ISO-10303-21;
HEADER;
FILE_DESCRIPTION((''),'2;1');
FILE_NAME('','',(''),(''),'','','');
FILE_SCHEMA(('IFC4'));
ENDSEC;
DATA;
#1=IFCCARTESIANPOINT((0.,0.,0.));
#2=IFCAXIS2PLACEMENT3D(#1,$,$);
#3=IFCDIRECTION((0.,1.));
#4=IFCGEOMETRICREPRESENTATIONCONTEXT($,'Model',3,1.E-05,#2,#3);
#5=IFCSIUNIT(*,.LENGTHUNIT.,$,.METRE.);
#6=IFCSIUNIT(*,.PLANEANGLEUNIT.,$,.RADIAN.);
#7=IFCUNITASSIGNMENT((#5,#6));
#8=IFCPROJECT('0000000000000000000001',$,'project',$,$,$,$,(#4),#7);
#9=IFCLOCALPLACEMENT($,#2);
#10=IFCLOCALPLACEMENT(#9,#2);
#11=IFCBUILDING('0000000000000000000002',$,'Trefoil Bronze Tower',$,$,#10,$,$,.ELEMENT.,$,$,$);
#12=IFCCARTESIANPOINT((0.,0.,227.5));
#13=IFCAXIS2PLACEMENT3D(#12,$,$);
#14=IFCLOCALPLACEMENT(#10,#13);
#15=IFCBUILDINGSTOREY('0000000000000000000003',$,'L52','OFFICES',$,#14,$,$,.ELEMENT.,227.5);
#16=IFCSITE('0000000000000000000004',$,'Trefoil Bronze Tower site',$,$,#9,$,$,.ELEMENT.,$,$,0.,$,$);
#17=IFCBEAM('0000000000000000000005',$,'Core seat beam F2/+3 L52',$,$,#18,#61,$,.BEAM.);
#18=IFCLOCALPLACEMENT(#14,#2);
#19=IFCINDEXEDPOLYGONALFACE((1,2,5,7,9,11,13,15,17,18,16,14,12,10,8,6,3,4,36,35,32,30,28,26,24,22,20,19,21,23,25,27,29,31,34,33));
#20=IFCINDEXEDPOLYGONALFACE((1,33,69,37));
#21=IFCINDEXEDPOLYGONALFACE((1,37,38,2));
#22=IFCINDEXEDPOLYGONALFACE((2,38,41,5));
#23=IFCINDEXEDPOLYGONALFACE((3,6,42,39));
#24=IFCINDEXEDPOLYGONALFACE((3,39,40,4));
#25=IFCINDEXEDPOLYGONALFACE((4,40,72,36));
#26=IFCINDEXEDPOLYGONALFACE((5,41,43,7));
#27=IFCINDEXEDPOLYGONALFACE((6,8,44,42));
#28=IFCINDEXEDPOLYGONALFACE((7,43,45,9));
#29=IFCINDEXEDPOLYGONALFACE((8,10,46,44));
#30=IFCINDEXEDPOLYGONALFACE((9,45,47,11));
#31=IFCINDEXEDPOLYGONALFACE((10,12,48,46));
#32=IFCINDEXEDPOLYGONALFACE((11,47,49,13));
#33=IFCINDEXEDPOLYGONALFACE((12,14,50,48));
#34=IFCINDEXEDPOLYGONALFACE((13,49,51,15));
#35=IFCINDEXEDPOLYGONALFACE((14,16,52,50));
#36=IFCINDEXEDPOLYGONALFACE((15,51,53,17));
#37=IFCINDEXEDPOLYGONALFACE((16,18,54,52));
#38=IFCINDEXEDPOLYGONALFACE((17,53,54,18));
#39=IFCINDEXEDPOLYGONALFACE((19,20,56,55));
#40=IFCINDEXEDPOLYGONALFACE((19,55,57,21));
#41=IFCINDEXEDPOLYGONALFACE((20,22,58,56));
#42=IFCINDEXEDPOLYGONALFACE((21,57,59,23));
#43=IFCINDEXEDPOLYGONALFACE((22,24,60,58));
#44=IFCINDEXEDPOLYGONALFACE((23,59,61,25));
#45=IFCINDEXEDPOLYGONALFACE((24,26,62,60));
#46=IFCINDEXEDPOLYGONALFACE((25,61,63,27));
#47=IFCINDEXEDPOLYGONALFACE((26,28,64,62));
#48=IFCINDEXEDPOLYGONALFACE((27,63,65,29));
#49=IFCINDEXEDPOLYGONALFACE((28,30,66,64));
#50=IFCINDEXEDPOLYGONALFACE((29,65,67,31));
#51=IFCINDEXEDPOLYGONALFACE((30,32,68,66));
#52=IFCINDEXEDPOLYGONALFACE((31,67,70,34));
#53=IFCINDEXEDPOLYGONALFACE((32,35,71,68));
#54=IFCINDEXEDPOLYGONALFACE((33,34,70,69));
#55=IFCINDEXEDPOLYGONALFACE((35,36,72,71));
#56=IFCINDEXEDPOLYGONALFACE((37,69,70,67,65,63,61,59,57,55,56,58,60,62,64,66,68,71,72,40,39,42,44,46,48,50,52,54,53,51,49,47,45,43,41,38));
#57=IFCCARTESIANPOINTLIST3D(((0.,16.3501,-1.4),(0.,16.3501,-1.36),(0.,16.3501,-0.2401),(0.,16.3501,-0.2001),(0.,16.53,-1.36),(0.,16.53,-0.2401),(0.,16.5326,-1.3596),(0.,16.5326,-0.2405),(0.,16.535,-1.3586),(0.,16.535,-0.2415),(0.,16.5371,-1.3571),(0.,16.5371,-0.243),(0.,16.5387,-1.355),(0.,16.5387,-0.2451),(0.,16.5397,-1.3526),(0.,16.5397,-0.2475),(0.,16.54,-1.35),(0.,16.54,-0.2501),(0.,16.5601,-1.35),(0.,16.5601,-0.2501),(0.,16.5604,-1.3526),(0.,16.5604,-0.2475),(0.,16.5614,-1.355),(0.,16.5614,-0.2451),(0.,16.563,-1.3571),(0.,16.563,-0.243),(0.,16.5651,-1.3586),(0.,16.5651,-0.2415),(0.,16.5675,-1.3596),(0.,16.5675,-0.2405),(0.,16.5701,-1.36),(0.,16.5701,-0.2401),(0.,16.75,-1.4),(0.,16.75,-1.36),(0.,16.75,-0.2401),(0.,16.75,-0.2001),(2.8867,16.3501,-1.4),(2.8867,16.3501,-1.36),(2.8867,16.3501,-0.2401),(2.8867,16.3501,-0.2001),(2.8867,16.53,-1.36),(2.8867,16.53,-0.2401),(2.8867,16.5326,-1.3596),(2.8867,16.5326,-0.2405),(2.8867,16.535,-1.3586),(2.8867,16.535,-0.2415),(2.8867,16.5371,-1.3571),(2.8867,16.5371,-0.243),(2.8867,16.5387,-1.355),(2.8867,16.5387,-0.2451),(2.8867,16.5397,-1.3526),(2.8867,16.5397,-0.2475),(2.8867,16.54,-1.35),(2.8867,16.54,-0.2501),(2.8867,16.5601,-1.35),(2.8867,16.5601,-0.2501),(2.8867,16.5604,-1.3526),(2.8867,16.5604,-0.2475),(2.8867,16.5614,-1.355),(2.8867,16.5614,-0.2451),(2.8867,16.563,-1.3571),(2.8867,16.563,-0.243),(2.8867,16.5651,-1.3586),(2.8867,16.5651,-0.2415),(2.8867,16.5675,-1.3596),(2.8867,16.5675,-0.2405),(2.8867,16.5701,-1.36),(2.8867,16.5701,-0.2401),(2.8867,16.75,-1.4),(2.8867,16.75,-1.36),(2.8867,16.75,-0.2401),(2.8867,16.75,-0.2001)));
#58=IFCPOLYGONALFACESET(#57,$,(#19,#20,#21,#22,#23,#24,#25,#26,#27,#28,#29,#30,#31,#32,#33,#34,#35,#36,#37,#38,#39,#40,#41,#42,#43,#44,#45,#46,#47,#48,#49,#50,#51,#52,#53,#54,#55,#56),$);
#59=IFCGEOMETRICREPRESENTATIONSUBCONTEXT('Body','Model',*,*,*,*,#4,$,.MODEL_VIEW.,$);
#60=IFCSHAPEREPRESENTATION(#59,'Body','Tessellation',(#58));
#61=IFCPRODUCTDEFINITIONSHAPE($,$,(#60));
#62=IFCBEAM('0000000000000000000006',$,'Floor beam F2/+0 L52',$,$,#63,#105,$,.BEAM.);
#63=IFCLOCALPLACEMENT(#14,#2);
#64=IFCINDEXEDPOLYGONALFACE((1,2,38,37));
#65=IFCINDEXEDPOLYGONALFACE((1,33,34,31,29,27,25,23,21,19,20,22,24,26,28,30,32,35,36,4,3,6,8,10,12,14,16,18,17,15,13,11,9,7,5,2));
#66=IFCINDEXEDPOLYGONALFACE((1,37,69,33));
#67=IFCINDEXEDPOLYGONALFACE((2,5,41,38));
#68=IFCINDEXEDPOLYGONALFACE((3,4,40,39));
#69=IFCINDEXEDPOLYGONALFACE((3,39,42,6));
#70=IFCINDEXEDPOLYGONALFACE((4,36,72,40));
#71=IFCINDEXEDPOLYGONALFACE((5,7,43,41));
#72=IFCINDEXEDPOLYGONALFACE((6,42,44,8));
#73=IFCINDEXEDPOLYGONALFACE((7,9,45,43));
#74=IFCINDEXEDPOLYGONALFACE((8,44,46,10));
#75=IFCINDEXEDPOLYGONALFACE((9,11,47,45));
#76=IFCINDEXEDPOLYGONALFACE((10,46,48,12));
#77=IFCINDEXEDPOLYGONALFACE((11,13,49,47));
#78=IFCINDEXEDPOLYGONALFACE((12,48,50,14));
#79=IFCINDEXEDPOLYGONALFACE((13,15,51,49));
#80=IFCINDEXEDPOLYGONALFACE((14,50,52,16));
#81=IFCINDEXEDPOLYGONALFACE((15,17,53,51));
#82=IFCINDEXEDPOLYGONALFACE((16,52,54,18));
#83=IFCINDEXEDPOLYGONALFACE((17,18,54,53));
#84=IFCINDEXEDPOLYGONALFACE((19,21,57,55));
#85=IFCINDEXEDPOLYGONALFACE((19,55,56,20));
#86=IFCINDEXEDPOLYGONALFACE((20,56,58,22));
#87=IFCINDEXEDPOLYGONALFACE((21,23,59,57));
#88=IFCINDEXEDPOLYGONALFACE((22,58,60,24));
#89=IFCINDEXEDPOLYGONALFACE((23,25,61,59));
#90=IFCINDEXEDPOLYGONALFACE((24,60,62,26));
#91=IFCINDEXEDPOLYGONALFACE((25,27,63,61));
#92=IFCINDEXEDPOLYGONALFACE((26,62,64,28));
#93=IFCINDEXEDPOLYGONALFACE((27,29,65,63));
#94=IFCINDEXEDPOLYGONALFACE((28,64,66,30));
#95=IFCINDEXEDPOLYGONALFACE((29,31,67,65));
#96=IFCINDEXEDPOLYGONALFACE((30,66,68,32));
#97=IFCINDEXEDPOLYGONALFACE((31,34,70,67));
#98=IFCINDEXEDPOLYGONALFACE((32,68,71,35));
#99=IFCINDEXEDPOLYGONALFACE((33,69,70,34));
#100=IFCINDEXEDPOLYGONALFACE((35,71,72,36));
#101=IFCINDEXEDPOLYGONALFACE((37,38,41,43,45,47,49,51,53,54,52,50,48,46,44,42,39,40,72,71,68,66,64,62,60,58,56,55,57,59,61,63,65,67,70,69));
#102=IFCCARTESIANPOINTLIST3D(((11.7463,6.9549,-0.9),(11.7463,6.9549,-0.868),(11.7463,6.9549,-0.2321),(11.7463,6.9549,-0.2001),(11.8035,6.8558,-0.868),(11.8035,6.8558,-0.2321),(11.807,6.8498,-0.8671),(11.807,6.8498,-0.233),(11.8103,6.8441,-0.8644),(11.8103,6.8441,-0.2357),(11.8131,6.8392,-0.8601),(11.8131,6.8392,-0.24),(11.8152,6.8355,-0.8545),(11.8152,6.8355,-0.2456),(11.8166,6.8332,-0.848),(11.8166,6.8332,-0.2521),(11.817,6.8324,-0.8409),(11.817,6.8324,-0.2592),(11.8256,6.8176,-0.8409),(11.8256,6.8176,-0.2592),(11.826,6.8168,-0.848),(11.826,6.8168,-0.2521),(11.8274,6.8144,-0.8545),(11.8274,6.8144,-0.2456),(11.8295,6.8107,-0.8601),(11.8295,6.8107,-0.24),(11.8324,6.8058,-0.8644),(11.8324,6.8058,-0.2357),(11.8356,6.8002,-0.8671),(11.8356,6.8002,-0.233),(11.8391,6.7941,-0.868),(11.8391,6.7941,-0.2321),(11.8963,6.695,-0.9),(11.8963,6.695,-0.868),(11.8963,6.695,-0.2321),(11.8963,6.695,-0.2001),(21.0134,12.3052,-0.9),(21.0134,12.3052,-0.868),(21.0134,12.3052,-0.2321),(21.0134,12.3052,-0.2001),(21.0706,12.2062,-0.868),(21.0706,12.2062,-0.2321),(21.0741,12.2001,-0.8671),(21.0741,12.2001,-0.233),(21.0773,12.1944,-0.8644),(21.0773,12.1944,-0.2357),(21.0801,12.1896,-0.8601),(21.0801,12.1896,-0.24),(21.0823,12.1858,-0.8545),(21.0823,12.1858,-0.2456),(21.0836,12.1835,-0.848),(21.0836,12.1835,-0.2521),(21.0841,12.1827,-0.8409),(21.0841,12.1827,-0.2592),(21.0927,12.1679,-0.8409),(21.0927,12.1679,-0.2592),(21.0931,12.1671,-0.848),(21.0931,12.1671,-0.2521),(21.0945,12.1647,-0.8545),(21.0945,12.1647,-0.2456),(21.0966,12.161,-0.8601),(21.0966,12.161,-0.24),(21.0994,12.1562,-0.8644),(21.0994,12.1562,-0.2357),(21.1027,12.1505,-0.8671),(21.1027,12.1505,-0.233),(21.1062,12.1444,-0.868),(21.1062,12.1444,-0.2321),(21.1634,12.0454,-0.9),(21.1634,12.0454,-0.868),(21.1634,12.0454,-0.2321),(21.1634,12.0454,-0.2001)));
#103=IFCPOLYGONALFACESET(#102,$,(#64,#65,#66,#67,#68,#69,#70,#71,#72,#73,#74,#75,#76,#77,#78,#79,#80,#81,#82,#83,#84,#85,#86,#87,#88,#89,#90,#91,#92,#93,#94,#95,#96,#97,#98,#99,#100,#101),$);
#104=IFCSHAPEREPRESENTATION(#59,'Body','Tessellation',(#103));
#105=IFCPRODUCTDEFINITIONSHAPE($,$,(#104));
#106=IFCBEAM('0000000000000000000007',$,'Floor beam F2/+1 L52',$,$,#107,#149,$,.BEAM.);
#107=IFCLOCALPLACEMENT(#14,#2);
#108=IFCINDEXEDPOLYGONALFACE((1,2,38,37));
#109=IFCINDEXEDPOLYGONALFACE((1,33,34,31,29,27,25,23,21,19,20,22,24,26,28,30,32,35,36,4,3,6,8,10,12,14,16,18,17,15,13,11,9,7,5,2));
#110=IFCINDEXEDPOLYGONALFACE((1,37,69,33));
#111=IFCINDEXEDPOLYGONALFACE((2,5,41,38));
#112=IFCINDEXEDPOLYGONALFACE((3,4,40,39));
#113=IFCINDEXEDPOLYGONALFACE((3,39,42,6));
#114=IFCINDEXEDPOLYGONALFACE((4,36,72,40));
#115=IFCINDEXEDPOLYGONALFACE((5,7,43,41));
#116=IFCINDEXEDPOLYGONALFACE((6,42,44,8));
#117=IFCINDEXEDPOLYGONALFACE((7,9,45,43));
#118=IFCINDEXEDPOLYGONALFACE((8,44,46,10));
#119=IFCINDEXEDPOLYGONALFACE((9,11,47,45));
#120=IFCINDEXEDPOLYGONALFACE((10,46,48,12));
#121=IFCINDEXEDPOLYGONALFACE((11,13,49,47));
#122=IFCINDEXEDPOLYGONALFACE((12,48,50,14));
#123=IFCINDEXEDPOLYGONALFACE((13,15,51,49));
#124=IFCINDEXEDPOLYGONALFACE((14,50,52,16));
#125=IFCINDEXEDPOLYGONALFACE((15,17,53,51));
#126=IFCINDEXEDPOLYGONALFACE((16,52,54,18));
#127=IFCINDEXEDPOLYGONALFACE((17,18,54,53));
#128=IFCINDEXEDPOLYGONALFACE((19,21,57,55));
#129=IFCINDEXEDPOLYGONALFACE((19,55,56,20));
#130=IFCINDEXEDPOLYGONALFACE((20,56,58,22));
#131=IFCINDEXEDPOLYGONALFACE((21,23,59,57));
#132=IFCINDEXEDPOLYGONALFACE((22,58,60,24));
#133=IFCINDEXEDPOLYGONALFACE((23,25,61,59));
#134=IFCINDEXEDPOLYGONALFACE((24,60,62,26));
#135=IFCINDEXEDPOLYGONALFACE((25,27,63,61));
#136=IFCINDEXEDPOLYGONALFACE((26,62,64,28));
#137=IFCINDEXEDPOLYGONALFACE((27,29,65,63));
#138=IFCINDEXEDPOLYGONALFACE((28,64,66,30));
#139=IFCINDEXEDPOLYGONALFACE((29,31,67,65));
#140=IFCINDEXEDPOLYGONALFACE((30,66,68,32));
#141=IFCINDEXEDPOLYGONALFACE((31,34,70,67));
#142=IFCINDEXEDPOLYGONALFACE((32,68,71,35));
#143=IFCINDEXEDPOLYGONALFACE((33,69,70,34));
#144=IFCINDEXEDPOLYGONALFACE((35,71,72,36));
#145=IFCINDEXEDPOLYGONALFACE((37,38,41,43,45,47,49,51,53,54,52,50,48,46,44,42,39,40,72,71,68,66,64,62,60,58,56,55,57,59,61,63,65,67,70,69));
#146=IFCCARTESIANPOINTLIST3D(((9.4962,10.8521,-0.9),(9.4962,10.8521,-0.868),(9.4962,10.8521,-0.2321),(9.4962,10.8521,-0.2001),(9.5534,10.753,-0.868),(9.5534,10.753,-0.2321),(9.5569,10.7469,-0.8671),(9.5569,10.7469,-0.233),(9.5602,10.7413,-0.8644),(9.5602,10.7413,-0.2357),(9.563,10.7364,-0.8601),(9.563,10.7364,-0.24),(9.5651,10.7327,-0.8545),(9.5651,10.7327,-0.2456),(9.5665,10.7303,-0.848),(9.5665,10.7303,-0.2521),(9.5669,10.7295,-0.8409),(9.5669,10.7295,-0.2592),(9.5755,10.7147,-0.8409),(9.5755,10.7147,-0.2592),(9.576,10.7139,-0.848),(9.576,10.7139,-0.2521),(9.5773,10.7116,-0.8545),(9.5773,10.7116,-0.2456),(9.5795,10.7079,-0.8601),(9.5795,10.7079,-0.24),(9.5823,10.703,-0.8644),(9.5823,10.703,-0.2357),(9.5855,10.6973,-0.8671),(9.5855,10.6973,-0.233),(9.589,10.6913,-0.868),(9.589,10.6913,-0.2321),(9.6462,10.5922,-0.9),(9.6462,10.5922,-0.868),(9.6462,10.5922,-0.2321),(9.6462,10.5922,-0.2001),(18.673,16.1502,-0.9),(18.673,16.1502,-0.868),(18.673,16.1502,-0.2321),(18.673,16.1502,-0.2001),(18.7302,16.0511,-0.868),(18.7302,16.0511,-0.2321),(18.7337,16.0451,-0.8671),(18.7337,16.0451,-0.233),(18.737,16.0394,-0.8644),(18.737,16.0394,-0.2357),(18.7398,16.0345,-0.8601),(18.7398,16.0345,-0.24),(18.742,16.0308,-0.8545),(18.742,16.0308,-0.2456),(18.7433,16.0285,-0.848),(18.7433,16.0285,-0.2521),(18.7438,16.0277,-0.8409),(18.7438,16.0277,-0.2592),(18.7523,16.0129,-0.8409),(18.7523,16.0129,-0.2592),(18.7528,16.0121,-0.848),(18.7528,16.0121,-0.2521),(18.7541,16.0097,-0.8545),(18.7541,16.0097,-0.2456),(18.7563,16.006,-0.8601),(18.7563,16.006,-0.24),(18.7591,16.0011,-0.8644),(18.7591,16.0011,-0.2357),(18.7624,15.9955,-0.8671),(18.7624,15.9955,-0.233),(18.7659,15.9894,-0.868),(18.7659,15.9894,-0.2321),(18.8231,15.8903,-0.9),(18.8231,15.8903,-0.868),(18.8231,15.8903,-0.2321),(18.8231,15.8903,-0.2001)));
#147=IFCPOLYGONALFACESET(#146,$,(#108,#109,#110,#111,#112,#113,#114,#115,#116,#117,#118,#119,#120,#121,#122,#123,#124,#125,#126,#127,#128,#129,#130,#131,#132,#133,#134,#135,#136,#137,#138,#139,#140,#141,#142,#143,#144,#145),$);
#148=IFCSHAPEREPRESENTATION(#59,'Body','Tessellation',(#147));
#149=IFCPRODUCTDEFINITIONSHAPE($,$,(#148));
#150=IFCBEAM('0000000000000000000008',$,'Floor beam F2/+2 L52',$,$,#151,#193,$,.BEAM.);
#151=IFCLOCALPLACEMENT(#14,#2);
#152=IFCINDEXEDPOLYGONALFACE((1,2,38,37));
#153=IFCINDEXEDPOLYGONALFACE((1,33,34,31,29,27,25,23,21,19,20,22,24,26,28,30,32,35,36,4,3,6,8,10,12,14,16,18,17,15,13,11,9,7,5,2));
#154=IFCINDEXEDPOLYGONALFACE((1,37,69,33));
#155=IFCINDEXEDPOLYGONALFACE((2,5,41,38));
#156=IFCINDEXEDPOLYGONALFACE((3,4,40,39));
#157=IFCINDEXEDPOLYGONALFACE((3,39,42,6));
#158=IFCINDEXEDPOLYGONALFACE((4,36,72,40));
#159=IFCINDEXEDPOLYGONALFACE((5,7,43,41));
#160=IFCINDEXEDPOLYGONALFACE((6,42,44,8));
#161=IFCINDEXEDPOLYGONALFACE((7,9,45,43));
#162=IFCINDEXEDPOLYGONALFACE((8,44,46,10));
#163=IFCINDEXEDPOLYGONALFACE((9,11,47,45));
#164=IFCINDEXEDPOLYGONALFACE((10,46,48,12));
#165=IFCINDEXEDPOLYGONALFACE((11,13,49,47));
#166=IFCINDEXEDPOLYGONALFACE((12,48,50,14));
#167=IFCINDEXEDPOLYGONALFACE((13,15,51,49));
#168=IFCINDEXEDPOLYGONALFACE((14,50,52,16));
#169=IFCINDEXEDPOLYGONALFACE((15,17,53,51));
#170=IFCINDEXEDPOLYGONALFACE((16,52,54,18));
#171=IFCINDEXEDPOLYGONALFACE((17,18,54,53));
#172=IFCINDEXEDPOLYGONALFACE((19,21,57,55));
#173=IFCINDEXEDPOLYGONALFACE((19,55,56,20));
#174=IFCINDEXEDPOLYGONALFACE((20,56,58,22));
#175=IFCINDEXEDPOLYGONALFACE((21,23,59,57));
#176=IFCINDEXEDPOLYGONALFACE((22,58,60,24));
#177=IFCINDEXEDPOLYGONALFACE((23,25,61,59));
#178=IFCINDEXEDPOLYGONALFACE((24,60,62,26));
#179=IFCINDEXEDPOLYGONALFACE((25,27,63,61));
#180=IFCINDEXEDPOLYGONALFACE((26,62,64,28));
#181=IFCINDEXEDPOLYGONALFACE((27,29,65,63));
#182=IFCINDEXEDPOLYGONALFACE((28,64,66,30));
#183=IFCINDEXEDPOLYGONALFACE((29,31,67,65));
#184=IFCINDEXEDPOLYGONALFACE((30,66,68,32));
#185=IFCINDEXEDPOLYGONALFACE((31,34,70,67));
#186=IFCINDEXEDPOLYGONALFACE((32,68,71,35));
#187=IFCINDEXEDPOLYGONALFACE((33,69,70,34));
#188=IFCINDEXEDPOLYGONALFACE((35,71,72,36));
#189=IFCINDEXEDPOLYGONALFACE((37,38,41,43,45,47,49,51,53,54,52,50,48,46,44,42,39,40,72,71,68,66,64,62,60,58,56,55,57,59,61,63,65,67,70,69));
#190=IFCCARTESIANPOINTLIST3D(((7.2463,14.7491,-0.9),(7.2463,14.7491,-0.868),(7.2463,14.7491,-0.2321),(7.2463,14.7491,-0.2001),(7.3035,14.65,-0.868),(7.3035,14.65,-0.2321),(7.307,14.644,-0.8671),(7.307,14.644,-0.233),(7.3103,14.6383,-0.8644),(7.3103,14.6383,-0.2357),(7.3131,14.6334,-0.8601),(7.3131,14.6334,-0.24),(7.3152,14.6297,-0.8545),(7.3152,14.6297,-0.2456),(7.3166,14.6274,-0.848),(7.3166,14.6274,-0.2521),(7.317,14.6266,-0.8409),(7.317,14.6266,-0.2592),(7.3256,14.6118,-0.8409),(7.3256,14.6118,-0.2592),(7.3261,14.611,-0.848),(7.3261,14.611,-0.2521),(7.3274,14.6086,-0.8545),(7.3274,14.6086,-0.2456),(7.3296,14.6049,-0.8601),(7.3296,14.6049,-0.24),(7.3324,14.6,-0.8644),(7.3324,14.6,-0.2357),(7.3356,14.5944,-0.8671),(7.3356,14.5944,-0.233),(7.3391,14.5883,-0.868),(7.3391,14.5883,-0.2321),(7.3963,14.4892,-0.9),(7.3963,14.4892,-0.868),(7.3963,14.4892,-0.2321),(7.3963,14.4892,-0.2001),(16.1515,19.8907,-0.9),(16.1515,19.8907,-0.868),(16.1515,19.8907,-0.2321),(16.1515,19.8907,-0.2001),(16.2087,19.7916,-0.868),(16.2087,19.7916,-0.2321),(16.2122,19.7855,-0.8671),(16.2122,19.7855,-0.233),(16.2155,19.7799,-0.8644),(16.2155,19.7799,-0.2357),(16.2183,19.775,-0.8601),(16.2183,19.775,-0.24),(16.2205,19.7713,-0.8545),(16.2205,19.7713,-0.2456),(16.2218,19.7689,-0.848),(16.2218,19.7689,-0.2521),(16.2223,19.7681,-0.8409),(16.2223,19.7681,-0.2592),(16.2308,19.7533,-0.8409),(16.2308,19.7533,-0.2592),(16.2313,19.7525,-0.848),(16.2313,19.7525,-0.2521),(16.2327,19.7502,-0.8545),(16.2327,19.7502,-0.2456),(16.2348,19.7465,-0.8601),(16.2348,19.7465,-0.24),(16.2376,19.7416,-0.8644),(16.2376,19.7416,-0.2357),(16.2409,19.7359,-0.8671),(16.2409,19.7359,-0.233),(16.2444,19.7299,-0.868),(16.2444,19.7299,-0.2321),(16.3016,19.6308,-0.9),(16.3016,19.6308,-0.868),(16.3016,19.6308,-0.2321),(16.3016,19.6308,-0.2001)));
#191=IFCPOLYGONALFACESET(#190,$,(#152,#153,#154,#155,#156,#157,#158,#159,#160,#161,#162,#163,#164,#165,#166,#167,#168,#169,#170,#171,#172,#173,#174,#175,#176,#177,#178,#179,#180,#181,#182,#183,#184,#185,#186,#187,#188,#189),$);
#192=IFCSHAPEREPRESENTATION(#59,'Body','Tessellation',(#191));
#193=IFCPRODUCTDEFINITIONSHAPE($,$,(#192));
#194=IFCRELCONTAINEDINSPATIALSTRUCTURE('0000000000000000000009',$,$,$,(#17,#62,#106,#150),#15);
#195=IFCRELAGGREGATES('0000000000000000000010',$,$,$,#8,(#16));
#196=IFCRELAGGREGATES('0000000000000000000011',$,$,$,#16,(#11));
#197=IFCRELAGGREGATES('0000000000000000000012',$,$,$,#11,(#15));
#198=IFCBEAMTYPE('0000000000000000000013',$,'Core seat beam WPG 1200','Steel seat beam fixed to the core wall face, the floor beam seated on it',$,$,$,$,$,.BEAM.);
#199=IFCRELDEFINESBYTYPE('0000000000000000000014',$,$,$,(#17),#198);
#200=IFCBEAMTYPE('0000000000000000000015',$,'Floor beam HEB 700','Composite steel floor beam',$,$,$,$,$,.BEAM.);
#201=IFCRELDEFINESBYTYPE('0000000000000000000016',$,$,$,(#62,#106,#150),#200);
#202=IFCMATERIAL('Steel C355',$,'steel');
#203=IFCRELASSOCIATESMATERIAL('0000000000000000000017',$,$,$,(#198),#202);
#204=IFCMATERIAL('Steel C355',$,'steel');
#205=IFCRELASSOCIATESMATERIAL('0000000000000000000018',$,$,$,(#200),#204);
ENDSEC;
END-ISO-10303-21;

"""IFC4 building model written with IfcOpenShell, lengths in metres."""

from ifc_helpers import new_model, si_unit, direction, frame, origin, origin_2d, place, context, subcontext, project, spatial, i_section, extrude, material, material_profile, profile_set, type_object, element, save


model = new_model("IFC4")

# Units and contexts
model_context = context("Model", 3, precision=1e-05, world=origin(), true_north=direction((0.0, 1.0)))
body_context = subcontext(model_context, "Body", "Model", "MODEL_VIEW")
ifc_project = project(units=[si_unit("LENGTHUNIT", "METRE"), si_unit("PLANEANGLEUNIT", "RADIAN")], contexts=[model_context])

# Site, building, storey
site_placement = place(None, origin())
site = spatial("IfcSite", under=ifc_project, at=site_placement, Name="Trefoil Bronze Tower site", CompositionType="ELEMENT", RefElevation=0.0)
building_placement = place(site_placement, origin())
building = spatial("IfcBuilding", under=site, at=building_placement, Name="Trefoil Bronze Tower", CompositionType="ELEMENT")
storey_placement = place(building_placement, frame((0.0, 0.0, 227.5)))
storey = spatial("IfcBuildingStorey", under=building, at=storey_placement, Name="L52", Description="OFFICES", CompositionType="ELEMENT", Elevation=227.5)

# Beams
ifc_material_1 = material(Name="Steel C355", Category="steel")
ifc_material_profile_1 = material_profile(ifc_material_1, i_section(OverallWidth=0.3999, OverallDepth=1.2, WebThickness=0.02, FlangeThickness=0.04, FilletRadius=0.01, at=origin_2d()), Name="WPG 1200")
ifc_profile_set_1 = profile_set([ifc_material_profile_1], Name="Steel C355")
beam_type_1 = type_object("IfcBeamType", Name="Core seat beam WPG 1200", Description="Steel seat beam fixed to the core wall face, the floor beam seated on it", PredefinedType="BEAM", material=ifc_profile_set_1)
beam_1_placement = place(storey_placement, frame((2.8867, 16.55, -0.8), z_axis=(-1.0, 0.0, 0.0), x_axis=(0.0, -1.0, 0.0)))
element("IfcBeam", 1, at=beam_1_placement, inside=storey, type_object=beam_type_1, Name="Core seat beam F2/+3 L52", PredefinedType="BEAM", context=body_context, shape_type="SweptSolid", body=[
    extrude(i_section(OverallWidth=0.3999, OverallDepth=1.2, WebThickness=0.02, FlangeThickness=0.04, FilletRadius=0.01, at=origin_2d()), origin(), (0.0, 0.0, 1.0), 2.8867),
])
ifc_material_2 = material(Name="Steel C355", Category="steel")
ifc_material_profile_2 = material_profile(ifc_material_2, i_section(OverallWidth=0.3, OverallDepth=0.7, WebThickness=0.0171, FlangeThickness=0.032, FilletRadius=0.0271, at=origin_2d()), Name="HEB 700")
ifc_profile_set_2 = profile_set([ifc_material_profile_2], Name="Steel C355")
beam_type_2 = type_object("IfcBeamType", Name="Floor beam HEB 700", Description="Composite steel floor beam", PredefinedType="BEAM", material=ifc_profile_set_2)
beam_2_placement = place(storey_placement, frame((21.0884, 12.1753, -0.55), z_axis=(-0.866026, -0.499999, 0.0), x_axis=(0.499999, -0.866026, 0.0)))
element("IfcBeam", 2, at=beam_2_placement, inside=storey, type_object=beam_type_2, Name="Floor beam F2/+0 L52", PredefinedType="BEAM", context=body_context, shape_type="SweptSolid", body=[
    extrude(i_section(OverallWidth=0.3, OverallDepth=0.7, WebThickness=0.0171, FlangeThickness=0.032, FilletRadius=0.0271, at=origin_2d()), origin(), (0.0, 0.0, 1.0), 10.7007),
])
beam_3_placement = place(storey_placement, frame((18.748, 16.0203, -0.55), z_axis=(-0.86603, -0.499992, 0.0), x_axis=(0.499992, -0.86603, 0.0)))
element("IfcBeam", 3, at=beam_3_placement, inside=storey, type_object=beam_type_2, Name="Floor beam F2/+1 L52", PredefinedType="BEAM", context=body_context, shape_type="SweptSolid", body=[
    extrude(i_section(OverallWidth=0.3, OverallDepth=0.7, WebThickness=0.0171, FlangeThickness=0.032, FilletRadius=0.0271, at=origin_2d()), origin(), (0.0, 0.0, 1.0), 10.5964),
])
beam_4_placement = place(storey_placement, frame((16.2266, 19.7607, -0.55), z_axis=(-0.86602, -0.50001, 0.0), x_axis=(0.50001, -0.86602, 0.0)))
element("IfcBeam", 4, at=beam_4_placement, inside=storey, type_object=beam_type_2, Name="Floor beam F2/+2 L52", PredefinedType="BEAM", context=body_context, shape_type="SweptSolid", body=[
    extrude(i_section(OverallWidth=0.3, OverallDepth=0.7, WebThickness=0.0171, FlangeThickness=0.032, FilletRadius=0.0271, at=origin_2d()), origin(), (0.0, 0.0, 1.0), 10.283),
])

save(model, "model.ifc")
